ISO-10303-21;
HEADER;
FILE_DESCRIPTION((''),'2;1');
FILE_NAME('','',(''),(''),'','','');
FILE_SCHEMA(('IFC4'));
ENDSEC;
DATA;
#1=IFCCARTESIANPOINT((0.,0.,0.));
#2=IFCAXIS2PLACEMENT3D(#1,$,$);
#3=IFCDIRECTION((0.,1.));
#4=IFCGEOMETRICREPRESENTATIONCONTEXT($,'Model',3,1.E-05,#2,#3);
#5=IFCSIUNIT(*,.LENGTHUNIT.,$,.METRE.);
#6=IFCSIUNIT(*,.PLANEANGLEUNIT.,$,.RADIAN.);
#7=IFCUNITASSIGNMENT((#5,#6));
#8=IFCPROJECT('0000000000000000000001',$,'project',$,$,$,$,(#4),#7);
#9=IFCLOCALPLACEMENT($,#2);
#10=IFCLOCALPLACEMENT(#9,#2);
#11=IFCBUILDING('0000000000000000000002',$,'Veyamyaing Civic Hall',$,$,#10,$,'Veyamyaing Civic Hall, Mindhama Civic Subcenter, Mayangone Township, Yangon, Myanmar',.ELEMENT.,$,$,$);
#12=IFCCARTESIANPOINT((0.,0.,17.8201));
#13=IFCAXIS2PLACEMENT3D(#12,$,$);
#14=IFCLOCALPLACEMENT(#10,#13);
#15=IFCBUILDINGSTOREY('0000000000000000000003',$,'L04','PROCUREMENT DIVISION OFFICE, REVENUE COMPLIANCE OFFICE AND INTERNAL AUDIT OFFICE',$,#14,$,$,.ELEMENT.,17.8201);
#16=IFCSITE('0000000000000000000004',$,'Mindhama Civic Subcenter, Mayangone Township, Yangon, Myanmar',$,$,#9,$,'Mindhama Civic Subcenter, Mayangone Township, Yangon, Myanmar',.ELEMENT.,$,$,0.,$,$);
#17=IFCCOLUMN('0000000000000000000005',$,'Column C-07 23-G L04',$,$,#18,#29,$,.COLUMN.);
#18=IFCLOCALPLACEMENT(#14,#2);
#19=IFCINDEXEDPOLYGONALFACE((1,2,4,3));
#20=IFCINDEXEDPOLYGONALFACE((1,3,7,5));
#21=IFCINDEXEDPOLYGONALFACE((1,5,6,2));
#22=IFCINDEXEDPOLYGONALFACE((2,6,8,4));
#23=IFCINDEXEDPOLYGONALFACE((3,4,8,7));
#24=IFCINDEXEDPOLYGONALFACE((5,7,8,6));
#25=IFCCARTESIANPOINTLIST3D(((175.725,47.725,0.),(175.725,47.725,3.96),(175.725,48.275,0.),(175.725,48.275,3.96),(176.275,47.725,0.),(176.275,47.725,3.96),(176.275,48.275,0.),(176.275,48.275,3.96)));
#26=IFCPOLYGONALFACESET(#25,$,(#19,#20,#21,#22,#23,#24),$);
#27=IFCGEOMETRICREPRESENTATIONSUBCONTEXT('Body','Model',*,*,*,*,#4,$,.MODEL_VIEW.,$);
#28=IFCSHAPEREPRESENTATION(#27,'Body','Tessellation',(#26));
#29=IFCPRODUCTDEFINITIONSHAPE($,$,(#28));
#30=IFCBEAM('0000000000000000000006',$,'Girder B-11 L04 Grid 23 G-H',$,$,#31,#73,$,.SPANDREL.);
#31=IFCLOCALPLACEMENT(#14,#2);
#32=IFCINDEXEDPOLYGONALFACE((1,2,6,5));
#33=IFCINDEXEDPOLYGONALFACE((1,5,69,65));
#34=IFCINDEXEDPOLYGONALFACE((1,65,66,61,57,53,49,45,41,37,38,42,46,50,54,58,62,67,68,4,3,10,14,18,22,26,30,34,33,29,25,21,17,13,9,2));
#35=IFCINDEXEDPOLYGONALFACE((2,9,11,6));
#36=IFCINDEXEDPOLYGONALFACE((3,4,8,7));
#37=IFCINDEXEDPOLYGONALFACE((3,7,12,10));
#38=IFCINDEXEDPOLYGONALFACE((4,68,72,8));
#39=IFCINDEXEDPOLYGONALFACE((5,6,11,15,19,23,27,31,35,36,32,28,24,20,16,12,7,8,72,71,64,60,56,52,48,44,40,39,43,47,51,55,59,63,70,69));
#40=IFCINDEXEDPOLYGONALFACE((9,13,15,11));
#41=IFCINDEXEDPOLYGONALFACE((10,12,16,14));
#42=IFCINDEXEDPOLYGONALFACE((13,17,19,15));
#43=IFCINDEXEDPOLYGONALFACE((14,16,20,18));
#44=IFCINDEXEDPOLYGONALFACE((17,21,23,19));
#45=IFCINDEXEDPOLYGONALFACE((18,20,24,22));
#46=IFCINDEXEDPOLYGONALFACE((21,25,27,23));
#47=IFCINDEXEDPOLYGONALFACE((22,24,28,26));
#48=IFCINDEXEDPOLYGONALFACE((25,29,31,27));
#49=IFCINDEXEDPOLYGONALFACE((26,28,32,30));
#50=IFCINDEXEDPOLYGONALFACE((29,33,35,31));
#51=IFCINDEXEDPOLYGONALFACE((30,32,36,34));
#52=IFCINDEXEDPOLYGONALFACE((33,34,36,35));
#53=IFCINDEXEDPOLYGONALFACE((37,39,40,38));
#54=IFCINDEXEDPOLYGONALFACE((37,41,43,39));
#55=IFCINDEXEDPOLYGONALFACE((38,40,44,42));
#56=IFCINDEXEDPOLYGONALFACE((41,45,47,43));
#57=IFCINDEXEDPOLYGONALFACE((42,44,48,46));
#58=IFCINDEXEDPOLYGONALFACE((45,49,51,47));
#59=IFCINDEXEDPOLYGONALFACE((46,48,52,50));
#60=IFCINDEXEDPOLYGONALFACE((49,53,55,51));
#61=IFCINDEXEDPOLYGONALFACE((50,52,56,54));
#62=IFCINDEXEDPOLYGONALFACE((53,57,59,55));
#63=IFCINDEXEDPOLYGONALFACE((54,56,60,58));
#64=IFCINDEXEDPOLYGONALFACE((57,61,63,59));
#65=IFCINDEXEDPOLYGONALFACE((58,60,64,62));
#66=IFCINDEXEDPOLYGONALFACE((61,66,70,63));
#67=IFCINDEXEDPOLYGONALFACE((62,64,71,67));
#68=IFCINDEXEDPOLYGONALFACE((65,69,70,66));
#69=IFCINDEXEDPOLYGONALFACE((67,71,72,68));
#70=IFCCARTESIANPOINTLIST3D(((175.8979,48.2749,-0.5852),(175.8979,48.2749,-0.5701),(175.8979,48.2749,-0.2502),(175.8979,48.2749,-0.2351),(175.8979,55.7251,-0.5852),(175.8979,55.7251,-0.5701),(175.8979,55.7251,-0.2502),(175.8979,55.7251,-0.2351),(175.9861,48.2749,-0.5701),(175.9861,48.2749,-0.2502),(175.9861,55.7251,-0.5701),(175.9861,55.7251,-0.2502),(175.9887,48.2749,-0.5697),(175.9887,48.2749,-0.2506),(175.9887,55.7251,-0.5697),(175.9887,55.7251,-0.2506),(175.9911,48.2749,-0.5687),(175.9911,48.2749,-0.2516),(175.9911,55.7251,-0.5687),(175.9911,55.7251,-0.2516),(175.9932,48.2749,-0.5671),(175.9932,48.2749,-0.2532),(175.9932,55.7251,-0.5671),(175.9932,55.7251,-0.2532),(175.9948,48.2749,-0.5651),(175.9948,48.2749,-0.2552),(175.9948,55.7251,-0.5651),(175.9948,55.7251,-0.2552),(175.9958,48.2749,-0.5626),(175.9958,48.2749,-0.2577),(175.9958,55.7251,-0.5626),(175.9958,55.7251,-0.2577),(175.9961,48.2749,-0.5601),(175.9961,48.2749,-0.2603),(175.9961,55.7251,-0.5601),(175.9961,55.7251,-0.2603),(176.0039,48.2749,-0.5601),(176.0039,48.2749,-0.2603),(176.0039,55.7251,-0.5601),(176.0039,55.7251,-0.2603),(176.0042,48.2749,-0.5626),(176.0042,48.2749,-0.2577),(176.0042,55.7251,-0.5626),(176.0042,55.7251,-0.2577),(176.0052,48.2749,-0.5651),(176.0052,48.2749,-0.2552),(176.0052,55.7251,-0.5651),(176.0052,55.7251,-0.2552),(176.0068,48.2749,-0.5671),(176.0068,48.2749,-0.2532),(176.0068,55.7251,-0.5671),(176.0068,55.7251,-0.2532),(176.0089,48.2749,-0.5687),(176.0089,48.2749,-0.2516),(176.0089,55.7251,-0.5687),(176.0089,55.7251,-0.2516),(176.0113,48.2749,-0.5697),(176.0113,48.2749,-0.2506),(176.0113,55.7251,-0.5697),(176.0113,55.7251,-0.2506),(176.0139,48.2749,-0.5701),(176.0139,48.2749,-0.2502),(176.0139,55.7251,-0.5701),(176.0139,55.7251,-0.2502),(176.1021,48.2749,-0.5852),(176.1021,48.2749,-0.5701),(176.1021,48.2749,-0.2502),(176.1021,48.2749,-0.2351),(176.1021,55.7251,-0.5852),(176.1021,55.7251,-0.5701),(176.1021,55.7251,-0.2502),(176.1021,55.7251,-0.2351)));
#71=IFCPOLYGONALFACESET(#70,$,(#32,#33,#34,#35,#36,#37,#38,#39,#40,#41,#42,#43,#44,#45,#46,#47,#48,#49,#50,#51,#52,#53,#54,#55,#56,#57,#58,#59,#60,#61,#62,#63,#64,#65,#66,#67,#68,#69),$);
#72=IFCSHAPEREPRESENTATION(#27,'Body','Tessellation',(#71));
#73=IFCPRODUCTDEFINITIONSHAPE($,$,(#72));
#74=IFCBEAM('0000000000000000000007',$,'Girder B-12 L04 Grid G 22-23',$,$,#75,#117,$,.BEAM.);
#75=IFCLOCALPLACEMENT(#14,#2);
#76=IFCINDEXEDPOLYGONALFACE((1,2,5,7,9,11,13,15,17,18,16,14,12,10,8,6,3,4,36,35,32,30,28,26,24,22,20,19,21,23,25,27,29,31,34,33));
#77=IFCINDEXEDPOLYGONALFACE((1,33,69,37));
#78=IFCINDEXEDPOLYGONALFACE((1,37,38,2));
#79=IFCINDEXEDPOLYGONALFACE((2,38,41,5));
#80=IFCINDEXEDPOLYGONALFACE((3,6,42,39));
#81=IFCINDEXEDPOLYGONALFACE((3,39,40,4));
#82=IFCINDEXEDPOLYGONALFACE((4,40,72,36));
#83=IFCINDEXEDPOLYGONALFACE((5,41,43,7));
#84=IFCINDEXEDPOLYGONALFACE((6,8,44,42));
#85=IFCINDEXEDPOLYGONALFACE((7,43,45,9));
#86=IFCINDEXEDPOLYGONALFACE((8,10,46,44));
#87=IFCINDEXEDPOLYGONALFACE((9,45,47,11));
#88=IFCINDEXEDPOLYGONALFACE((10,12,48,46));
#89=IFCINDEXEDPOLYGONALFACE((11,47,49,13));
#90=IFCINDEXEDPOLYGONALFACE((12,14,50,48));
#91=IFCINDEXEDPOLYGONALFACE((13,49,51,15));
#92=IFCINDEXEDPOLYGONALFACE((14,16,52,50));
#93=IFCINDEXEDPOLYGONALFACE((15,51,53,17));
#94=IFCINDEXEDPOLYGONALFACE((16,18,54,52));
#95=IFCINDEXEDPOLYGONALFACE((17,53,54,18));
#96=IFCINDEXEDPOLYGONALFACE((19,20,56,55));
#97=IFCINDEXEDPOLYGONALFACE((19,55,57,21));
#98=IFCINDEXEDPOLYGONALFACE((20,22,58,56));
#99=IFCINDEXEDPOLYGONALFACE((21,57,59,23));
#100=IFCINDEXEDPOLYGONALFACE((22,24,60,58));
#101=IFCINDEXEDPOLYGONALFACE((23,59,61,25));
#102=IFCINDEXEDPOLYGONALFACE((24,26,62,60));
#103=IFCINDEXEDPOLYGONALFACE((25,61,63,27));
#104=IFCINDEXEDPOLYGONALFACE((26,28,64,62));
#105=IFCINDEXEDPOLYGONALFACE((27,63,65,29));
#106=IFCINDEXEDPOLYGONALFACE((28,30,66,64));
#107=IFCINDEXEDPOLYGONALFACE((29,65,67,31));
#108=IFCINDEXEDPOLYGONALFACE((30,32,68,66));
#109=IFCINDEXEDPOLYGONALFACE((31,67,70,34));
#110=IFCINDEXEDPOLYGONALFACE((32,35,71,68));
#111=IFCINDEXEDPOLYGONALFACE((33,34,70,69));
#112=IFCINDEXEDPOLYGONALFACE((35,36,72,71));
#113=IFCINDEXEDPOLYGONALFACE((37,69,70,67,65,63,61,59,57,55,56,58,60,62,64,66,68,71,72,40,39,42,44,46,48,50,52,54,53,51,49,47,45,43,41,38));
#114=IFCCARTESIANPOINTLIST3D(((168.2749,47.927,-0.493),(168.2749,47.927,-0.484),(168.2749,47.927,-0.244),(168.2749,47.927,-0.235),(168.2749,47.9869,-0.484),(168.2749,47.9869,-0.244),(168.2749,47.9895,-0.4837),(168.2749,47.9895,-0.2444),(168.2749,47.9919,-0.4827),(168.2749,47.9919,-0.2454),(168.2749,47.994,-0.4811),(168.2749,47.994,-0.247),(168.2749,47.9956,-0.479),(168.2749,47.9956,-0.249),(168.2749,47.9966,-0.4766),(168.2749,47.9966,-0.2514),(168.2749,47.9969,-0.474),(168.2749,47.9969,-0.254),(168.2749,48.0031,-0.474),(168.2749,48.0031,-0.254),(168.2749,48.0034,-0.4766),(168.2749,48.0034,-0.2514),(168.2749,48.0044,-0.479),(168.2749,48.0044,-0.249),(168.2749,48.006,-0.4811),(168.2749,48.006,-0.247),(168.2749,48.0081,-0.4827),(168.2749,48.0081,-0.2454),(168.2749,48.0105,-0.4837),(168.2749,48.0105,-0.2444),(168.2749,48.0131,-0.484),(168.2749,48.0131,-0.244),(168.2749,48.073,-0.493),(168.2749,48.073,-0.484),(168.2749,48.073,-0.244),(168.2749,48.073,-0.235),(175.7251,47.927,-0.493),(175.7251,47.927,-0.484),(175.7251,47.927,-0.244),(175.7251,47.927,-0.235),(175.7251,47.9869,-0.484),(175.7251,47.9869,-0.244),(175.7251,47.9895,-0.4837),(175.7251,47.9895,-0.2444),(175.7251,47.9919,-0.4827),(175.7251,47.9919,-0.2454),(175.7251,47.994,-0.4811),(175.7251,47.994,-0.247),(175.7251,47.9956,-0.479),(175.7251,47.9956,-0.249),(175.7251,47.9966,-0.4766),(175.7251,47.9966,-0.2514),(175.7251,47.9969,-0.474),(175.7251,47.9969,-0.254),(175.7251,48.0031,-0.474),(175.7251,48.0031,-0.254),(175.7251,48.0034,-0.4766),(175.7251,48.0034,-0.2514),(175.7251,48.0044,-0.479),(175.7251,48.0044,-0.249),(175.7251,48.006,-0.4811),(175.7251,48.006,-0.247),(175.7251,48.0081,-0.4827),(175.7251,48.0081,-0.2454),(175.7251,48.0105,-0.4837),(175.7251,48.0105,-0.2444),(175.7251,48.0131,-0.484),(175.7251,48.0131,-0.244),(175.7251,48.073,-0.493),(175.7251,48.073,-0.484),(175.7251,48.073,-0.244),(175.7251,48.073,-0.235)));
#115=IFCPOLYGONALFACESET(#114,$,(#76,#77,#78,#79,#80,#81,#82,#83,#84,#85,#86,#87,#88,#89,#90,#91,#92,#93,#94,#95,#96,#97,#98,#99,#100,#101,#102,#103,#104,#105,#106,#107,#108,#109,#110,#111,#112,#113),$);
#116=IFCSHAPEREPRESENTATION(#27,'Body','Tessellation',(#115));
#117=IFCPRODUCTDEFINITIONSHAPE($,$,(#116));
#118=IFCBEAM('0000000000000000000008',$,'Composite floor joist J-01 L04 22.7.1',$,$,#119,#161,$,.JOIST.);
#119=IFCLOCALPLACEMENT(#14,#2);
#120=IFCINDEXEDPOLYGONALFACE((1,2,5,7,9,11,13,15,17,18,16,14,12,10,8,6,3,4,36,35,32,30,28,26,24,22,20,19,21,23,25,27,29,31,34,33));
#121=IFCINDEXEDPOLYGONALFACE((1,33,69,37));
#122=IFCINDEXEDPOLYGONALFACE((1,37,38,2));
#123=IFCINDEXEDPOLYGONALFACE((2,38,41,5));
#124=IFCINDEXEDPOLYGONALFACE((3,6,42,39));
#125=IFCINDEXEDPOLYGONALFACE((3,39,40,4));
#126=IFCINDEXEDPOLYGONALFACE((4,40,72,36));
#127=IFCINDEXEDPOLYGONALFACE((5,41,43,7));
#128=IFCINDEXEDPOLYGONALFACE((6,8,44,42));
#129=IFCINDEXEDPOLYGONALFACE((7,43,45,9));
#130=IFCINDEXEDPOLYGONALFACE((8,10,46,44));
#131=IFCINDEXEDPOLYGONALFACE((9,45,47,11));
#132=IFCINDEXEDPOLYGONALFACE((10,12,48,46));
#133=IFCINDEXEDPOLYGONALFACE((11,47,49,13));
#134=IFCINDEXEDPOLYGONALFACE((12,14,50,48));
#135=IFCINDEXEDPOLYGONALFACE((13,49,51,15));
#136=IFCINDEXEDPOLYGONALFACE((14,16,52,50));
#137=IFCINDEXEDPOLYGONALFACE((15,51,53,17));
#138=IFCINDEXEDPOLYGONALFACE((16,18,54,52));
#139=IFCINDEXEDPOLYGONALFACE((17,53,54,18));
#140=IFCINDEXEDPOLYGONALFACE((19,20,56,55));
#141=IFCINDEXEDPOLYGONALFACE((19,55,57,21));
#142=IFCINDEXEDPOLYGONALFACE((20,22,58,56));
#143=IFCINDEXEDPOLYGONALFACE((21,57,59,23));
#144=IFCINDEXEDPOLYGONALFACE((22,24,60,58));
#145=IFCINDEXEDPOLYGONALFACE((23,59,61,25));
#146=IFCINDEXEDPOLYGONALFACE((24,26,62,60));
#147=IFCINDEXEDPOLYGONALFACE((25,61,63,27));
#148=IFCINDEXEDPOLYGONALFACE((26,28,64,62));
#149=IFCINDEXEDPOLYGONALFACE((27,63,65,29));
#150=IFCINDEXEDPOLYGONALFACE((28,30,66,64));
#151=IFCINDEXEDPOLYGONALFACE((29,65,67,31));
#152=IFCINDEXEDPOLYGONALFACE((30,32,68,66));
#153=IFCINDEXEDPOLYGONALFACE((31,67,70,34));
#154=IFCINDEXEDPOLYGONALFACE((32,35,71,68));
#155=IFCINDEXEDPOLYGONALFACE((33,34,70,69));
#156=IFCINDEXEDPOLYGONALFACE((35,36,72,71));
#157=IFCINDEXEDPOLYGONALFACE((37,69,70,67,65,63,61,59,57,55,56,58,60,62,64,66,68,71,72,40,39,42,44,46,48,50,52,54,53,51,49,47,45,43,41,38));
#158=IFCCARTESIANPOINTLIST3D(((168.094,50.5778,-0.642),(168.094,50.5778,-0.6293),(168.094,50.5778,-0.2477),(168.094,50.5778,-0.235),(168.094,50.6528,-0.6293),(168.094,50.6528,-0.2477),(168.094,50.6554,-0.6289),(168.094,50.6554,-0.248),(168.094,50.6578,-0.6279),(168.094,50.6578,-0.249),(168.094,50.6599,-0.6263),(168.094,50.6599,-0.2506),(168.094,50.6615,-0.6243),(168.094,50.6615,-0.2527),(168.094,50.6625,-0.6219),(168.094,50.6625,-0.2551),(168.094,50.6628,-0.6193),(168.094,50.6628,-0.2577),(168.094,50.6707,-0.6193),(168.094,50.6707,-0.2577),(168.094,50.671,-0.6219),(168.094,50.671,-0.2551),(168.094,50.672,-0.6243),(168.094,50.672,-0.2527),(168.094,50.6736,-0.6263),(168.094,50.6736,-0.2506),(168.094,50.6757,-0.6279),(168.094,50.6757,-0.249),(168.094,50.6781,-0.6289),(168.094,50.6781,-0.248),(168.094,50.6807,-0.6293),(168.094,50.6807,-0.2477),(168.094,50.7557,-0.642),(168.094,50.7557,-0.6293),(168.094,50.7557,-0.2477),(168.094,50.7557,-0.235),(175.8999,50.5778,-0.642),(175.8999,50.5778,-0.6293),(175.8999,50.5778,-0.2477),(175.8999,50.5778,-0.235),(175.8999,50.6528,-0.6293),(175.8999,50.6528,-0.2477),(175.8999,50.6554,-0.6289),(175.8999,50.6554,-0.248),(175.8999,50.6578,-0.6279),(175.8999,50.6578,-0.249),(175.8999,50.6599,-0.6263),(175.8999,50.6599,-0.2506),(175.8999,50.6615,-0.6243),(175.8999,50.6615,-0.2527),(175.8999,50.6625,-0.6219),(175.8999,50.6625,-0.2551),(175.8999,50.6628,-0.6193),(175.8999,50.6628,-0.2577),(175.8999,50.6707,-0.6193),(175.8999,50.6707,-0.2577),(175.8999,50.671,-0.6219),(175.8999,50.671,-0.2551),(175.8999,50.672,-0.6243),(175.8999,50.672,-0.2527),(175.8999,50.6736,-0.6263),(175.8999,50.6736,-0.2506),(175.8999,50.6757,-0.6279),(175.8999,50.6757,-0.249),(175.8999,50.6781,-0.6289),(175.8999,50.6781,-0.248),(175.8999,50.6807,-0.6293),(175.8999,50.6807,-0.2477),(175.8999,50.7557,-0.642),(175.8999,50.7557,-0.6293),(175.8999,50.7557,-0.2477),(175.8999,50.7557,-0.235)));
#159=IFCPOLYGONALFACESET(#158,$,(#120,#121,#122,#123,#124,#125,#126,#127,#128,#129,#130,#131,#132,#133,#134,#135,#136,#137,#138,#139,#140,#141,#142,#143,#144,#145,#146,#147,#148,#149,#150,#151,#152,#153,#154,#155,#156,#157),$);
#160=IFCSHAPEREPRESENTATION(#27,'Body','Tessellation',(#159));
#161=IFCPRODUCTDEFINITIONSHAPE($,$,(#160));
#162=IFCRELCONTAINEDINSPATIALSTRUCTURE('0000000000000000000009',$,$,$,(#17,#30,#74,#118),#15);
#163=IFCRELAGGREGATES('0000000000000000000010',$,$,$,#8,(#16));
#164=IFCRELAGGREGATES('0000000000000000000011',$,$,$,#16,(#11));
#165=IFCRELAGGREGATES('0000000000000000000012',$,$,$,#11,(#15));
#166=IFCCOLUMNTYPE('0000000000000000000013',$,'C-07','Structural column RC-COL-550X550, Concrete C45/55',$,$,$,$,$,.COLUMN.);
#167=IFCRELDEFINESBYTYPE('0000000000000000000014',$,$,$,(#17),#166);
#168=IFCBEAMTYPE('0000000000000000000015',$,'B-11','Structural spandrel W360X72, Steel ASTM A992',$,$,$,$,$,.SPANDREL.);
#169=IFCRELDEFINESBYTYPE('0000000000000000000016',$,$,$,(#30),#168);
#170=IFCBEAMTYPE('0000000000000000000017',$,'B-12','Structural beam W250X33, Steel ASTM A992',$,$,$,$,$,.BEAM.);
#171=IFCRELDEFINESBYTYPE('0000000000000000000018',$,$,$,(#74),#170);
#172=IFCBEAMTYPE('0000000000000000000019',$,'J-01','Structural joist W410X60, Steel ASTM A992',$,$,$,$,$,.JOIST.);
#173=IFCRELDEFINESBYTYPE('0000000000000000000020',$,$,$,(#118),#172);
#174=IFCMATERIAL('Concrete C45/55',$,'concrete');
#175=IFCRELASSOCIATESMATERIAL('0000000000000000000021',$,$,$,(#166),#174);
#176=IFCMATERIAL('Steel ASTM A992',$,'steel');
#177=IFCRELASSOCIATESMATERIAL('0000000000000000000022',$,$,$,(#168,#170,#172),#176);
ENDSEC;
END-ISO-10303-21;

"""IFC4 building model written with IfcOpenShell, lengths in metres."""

from ifc_helpers import new_model, si_unit, direction, frame, origin, origin_2d, place, context, subcontext, project, spatial, rectangle, i_section, extrude, material, material_profile, profile_set, type_object, element, save


model = new_model("IFC4")

# Units and contexts
model_context = context("Model", 3, precision=1e-05, world=origin(), true_north=direction((0.0, 1.0)))
body_context = subcontext(model_context, "Body", "Model", "MODEL_VIEW")
ifc_project = project(units=[si_unit("LENGTHUNIT", "METRE"), si_unit("PLANEANGLEUNIT", "RADIAN")], contexts=[model_context])

# Site, building, storey
site_placement = place(None, origin())
site = spatial("IfcSite", under=ifc_project, at=site_placement, Name="Mindhama Civic Subcenter, Mayangone Township, Yangon, Myanmar", LongName="Mindhama Civic Subcenter, Mayangone Township, Yangon, Myanmar", CompositionType="ELEMENT", RefElevation=0.0)
building_placement = place(site_placement, origin())
building = spatial("IfcBuilding", under=site, at=building_placement, Name="Veyamyaing Civic Hall", LongName="Veyamyaing Civic Hall, Mindhama Civic Subcenter, Mayangone Township, Yangon, Myanmar", CompositionType="ELEMENT")
storey_placement = place(building_placement, frame((0.0, 0.0, 17.8201)))
storey = spatial("IfcBuildingStorey", under=building, at=storey_placement, Name="L04", Description="PROCUREMENT DIVISION OFFICE, REVENUE COMPLIANCE OFFICE AND INTERNAL AUDIT OFFICE", CompositionType="ELEMENT", Elevation=17.8201)

# Column
ifc_material_1 = material(Name="Concrete C45/55", Category="concrete")
ifc_material_profile_1 = material_profile(ifc_material_1, rectangle(XDim=0.55, YDim=0.55, at=origin_2d()), Name="RC-COL-550X550")
ifc_profile_set_1 = profile_set([ifc_material_profile_1], Name="Concrete C45/55")
column_type = type_object("IfcColumnType", Name="C-07", Description="Structural column RC-COL-550X550, Concrete C45/55", PredefinedType="COLUMN", material=ifc_profile_set_1)
column_placement = place(storey_placement, frame((176.0, 48.0, 0.0), z_axis=(0.0, 0.0, 1.0), x_axis=(1.0, 0.0, 0.0)))
element("IfcColumn", 1, at=column_placement, inside=storey, type_object=column_type, Name="Column C-07 23-G L04", PredefinedType="COLUMN", context=body_context, shape_type="SweptSolid", body=[
    extrude(rectangle(XDim=0.55, YDim=0.55, at=origin_2d()), origin(), (0.0, 0.0, 1.0), 3.96),
])

# Beams
ifc_material_2 = material(Name="Steel ASTM A992", Category="steel")
ifc_material_profile_2 = material_profile(ifc_material_2, i_section(OverallWidth=0.2041, OverallDepth=0.3501, WebThickness=0.0078, FlangeThickness=0.0151, FilletRadius=0.01, at=origin_2d()), Name="W360X72")
ifc_profile_set_2 = profile_set([ifc_material_profile_2], Name="Steel ASTM A992")
beam_type_1 = type_object("IfcBeamType", Name="B-11", Description="Structural spandrel W360X72, Steel ASTM A992", PredefinedType="SPANDREL", material=ifc_profile_set_2)
beam_1_placement = place(storey_placement, frame((176.0, 48.2749, -0.4102), z_axis=(0.0, 1.0, 0.0), x_axis=(-1.0, 0.0, 0.0)))
element("IfcBeam", 2, at=beam_1_placement, inside=storey, type_object=beam_type_1, Name="Girder B-11 L04 Grid 23 G-H", PredefinedType="SPANDREL", context=body_context, shape_type="SweptSolid", body=[
    extrude(i_section(OverallWidth=0.2041, OverallDepth=0.3501, WebThickness=0.0078, FlangeThickness=0.0151, FilletRadius=0.01, at=origin_2d()), origin(), (0.0, 0.0, 1.0), 7.4502),
])
ifc_material_profile_3 = material_profile(ifc_material_2, i_section(OverallWidth=0.146, OverallDepth=0.2581, WebThickness=0.0061, FlangeThickness=0.009, FilletRadius=0.01, at=origin_2d()), Name="W250X33")
ifc_profile_set_3 = profile_set([ifc_material_profile_3], Name="Steel ASTM A992")
beam_type_2 = type_object("IfcBeamType", Name="B-12", Description="Structural beam W250X33, Steel ASTM A992", PredefinedType="BEAM", material=ifc_profile_set_3)
beam_2_placement = place(storey_placement, frame((168.2749, 48.0, -0.364), z_axis=(1.0, 0.0, 0.0), x_axis=(0.0, 1.0, 0.0)))
element("IfcBeam", 3, at=beam_2_placement, inside=storey, type_object=beam_type_2, Name="Girder B-12 L04 Grid G 22-23", PredefinedType="BEAM", context=body_context, shape_type="SweptSolid", body=[
    extrude(i_section(OverallWidth=0.146, OverallDepth=0.2581, WebThickness=0.0061, FlangeThickness=0.009, FilletRadius=0.01, at=origin_2d()), origin(), (0.0, 0.0, 1.0), 7.4502),
])
ifc_material_profile_4 = material_profile(ifc_material_2, i_section(OverallWidth=0.178, OverallDepth=0.407, WebThickness=0.0078, FlangeThickness=0.0127, FilletRadius=0.01, at=origin_2d()), Name="W410X60")
ifc_profile_set_4 = profile_set([ifc_material_profile_4], Name="Steel ASTM A992")
beam_type_3 = type_object("IfcBeamType", Name="J-01", Description="Structural joist W410X60, Steel ASTM A992", PredefinedType="JOIST", material=ifc_profile_set_4)
for number, where, z_axis, x_axis, name in (
    (4, (168.094, 50.6667, -0.4385), (1.0, 0.0, 0.0), (0.0, 1.0, 0.0), "Composite floor joist J-01 L04 22.7.1"),
):
    element("IfcBeam", number, at=place(storey_placement, frame(where, z_axis=z_axis, x_axis=x_axis)), inside=storey, type_object=beam_type_3, Name=name, PredefinedType="JOIST", context=body_context, shape_type="SweptSolid", body=[
        extrude(i_section(OverallWidth=0.178, OverallDepth=0.407, WebThickness=0.0078, FlangeThickness=0.0127, FilletRadius=0.01, at=origin_2d()), origin(), (0.0, 0.0, 1.0), 7.8059),
    ])

save(model, "model.ifc")
